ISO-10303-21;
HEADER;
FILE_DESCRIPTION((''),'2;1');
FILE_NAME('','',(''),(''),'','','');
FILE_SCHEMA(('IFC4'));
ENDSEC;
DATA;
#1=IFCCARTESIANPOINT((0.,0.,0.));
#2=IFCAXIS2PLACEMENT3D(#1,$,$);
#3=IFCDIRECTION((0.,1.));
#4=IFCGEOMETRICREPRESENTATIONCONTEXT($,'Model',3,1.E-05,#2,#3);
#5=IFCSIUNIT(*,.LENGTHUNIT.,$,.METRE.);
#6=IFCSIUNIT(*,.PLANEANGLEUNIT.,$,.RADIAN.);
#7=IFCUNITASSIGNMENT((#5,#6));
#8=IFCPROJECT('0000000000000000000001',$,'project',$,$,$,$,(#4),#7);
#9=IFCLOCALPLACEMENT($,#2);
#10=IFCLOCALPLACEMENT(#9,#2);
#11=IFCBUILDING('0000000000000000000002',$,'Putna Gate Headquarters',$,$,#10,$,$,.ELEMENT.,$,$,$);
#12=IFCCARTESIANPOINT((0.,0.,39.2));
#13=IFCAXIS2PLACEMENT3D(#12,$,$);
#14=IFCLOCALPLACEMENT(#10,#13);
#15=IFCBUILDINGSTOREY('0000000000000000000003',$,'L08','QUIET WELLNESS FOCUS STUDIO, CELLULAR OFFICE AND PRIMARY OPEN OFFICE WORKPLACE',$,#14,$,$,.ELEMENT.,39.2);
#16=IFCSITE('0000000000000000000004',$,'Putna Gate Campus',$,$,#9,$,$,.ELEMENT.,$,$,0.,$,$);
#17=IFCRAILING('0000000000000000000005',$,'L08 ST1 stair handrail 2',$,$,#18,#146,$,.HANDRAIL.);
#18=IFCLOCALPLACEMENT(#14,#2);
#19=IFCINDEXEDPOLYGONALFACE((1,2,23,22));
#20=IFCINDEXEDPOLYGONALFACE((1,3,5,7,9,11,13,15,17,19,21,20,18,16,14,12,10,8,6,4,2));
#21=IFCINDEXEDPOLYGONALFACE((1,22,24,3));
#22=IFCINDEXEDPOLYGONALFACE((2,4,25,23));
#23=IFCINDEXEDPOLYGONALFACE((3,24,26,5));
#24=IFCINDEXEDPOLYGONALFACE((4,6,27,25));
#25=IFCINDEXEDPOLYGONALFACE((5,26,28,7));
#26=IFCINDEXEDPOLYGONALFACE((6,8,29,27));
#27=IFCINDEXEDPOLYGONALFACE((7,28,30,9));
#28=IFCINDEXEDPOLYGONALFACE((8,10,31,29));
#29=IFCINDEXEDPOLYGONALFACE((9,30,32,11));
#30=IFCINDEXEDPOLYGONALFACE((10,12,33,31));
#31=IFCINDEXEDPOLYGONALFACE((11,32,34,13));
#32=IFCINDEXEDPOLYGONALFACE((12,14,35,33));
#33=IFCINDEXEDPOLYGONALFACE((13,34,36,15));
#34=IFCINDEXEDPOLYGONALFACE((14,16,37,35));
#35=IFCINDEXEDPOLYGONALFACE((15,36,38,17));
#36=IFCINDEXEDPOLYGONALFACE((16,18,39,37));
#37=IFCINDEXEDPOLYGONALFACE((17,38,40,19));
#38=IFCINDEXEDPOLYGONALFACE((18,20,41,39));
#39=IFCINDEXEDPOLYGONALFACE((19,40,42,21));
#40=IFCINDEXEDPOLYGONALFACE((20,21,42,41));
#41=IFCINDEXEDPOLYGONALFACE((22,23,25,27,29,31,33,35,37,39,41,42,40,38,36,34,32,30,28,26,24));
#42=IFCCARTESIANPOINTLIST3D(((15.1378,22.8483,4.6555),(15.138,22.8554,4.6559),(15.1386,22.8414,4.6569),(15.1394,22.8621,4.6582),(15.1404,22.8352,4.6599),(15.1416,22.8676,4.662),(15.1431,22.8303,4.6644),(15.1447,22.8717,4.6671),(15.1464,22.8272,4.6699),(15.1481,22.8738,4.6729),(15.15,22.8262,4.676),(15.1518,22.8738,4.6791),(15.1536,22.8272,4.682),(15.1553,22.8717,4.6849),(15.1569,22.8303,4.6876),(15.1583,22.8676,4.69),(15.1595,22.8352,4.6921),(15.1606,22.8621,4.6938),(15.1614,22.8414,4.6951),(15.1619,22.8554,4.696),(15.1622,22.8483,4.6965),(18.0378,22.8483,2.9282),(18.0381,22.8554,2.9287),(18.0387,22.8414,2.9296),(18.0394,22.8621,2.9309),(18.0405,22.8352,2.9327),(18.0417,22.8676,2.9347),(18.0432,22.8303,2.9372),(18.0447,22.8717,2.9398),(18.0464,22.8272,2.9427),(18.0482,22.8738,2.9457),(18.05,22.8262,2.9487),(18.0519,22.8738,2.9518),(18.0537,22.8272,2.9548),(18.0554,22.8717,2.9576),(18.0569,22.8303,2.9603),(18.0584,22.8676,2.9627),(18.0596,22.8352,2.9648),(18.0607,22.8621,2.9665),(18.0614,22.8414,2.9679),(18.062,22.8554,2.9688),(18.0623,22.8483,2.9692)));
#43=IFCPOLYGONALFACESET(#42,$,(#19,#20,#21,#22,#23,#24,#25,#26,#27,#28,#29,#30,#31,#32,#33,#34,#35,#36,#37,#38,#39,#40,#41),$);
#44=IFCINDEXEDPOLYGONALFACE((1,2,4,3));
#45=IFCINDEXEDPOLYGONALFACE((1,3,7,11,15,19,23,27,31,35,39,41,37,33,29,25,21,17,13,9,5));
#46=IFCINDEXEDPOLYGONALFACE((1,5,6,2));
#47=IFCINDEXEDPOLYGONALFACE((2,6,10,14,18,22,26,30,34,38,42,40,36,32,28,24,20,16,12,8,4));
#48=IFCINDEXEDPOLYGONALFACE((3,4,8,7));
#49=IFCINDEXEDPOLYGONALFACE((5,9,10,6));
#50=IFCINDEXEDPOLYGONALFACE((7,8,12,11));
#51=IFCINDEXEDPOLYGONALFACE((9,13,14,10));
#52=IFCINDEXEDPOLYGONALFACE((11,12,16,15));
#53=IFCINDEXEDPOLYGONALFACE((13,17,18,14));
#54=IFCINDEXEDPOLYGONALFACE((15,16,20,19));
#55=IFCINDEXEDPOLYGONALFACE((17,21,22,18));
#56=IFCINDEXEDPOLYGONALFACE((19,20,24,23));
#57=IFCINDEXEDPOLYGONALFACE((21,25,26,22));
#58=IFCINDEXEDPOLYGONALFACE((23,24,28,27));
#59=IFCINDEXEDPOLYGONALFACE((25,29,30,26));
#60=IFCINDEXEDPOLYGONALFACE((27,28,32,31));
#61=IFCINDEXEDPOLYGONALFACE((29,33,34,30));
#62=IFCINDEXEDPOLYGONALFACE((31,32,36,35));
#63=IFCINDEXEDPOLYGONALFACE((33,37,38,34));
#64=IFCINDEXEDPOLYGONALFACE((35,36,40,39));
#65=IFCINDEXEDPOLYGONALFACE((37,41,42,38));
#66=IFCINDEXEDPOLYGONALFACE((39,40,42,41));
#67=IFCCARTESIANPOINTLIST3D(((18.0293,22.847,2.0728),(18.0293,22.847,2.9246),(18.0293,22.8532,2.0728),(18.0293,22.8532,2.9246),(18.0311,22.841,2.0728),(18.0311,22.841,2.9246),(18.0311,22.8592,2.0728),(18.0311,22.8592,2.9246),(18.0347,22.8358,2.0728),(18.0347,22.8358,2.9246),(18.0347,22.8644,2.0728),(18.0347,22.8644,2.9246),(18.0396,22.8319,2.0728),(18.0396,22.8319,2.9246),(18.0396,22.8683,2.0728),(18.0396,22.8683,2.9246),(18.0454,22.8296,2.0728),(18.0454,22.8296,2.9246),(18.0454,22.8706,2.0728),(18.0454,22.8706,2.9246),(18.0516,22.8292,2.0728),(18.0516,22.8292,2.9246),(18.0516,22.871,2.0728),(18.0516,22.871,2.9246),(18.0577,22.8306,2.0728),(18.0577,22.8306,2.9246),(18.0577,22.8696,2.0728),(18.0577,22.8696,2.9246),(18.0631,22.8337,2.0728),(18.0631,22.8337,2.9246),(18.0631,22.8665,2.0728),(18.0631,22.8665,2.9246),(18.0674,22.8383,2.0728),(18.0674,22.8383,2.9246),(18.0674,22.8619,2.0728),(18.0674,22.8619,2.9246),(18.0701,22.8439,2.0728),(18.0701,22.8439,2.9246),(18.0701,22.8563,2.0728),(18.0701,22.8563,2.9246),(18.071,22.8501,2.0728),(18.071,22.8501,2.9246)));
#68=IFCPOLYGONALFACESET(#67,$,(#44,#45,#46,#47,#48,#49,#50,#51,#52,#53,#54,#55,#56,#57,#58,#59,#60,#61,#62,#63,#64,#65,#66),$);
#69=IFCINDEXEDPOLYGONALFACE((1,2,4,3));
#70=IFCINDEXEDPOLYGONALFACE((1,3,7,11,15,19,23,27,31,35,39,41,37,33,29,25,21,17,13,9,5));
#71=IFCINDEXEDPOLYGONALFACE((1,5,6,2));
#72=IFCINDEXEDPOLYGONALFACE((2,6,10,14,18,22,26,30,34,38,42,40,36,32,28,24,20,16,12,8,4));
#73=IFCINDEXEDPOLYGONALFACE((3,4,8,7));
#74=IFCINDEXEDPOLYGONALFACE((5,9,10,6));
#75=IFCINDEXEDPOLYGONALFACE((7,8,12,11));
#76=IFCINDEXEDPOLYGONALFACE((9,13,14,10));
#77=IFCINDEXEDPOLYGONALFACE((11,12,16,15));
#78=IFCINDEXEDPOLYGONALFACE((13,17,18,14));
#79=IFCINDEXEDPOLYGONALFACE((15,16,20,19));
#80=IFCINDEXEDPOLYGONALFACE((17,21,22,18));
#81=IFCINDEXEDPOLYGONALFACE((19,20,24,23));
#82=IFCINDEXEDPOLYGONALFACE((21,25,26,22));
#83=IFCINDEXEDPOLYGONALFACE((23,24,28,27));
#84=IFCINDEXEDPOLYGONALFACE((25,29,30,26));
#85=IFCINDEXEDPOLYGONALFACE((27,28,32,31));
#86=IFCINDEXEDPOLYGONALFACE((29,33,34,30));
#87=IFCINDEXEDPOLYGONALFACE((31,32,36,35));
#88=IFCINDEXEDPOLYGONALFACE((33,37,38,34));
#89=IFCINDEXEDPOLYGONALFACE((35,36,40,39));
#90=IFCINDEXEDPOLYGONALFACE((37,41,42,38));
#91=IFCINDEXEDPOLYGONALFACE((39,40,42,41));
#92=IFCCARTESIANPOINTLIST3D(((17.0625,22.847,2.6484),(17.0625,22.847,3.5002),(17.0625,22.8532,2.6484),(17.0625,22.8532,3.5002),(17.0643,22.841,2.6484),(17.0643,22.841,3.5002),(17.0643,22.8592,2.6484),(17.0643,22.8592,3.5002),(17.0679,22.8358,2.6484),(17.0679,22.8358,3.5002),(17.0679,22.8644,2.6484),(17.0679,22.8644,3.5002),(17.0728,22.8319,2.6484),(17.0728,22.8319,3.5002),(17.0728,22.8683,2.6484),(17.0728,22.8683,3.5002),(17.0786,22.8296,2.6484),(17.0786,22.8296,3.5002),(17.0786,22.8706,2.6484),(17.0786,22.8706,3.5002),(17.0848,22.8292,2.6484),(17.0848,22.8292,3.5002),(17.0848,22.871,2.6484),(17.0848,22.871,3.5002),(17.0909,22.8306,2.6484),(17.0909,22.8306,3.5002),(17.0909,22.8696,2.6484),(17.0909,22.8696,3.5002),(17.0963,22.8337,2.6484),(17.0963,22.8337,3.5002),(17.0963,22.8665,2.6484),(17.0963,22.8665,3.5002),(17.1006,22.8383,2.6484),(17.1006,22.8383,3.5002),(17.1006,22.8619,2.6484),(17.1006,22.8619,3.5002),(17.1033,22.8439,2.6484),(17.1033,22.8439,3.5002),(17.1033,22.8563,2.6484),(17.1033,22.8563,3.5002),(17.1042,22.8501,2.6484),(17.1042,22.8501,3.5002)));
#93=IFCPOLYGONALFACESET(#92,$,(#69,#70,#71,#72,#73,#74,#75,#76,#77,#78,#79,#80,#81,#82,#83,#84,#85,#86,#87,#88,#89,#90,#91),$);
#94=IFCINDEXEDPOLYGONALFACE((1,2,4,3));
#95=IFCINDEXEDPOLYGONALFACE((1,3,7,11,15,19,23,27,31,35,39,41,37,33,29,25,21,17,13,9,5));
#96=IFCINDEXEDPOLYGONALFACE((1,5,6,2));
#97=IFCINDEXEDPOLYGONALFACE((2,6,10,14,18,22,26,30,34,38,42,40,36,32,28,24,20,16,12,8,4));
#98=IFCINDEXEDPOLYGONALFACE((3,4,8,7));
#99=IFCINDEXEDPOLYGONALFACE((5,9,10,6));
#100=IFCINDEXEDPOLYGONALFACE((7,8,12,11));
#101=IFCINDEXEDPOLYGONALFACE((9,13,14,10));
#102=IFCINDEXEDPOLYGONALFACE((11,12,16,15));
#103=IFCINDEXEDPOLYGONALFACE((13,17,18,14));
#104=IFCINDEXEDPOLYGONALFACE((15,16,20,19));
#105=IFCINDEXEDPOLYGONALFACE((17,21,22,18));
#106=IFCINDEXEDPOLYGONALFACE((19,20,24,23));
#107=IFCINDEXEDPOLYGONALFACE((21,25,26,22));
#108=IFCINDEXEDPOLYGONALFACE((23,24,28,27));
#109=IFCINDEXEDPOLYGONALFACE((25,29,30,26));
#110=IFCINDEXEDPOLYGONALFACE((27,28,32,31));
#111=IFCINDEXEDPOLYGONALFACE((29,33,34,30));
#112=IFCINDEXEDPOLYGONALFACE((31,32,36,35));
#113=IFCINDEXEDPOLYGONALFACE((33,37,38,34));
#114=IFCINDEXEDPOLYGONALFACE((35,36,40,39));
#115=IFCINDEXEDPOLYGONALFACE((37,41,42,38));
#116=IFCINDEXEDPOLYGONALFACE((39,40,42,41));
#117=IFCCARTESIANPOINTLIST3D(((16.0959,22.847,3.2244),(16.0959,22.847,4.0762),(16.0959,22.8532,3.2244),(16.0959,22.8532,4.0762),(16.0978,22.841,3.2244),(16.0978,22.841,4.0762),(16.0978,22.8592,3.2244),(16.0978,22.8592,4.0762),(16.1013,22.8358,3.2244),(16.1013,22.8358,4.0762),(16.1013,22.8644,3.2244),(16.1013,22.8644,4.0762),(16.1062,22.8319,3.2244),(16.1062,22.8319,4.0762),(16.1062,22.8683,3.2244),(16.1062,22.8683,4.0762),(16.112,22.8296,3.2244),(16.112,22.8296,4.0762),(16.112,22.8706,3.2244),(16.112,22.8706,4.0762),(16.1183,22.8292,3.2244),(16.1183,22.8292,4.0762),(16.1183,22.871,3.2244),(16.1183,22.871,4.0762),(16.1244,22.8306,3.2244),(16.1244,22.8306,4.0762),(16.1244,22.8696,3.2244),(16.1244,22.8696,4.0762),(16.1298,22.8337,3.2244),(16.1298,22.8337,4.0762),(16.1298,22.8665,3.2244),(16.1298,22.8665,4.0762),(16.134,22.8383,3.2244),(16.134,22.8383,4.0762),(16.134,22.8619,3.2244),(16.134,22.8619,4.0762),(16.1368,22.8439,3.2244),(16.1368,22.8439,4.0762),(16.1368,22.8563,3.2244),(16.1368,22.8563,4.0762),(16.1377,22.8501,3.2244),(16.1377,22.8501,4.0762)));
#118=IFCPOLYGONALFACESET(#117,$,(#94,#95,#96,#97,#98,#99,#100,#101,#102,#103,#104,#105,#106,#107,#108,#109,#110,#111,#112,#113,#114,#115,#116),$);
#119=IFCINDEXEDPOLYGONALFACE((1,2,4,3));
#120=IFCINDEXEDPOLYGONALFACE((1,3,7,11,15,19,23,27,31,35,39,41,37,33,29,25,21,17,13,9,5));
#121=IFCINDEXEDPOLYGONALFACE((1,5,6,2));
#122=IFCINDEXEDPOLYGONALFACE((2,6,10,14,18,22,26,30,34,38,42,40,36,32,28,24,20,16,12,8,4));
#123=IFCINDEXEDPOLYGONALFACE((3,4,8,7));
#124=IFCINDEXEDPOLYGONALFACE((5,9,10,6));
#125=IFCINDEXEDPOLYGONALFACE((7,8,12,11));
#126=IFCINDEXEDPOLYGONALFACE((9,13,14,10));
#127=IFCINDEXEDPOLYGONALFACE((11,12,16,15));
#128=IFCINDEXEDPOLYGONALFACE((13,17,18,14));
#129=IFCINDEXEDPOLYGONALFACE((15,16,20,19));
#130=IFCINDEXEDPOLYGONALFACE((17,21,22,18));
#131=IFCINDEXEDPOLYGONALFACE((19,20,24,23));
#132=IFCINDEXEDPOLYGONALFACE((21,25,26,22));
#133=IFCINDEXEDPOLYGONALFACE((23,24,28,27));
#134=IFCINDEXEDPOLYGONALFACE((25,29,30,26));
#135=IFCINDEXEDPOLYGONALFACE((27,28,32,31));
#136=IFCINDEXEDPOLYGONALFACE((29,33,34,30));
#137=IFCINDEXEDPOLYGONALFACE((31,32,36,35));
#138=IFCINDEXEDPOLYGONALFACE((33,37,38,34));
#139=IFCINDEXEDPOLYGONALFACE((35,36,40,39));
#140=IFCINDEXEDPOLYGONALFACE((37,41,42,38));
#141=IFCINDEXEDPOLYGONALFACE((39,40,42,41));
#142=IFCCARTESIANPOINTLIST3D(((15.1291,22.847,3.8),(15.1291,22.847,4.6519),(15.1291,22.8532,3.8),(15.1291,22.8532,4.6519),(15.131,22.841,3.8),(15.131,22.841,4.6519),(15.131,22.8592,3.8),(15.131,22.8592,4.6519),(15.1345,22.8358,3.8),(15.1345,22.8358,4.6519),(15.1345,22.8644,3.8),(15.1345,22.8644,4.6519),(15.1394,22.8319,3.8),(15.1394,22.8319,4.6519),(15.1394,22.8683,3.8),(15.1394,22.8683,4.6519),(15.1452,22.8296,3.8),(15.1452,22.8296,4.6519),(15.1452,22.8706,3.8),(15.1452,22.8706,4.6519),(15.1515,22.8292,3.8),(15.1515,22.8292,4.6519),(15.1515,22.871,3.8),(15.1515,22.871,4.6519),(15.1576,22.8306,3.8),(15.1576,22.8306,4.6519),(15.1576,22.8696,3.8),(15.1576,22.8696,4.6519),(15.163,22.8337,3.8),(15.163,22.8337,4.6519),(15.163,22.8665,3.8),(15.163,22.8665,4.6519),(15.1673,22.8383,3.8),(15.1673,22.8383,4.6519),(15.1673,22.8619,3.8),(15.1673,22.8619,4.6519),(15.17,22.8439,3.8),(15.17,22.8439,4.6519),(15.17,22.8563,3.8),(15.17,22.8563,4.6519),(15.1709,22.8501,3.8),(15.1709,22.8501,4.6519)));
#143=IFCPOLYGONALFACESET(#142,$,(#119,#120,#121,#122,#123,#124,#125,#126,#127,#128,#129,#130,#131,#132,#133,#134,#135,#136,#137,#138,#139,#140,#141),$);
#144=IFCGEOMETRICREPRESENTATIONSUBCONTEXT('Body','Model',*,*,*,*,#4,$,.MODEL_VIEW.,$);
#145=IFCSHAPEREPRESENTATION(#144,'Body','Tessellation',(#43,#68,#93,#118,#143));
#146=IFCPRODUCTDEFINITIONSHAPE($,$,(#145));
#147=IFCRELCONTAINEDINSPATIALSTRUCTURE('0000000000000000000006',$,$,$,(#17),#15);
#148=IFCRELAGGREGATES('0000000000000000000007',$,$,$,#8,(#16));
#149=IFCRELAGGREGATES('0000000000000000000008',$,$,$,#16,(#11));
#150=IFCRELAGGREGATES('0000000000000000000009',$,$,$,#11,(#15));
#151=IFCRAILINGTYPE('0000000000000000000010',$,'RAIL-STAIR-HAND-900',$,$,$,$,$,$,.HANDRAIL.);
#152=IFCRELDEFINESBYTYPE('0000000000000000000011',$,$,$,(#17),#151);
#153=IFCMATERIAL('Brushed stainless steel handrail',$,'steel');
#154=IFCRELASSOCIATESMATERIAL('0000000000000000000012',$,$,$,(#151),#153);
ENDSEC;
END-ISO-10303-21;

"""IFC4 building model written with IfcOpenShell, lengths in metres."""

from ifc_helpers import new_model, si_unit, direction, frame, origin, origin_2d, place, context, subcontext, project, spatial, circle, extrude, material, type_object, element, save


model = new_model("IFC4")

# Units and contexts
model_context = context("Model", 3, precision=1e-05, world=origin(), true_north=direction((0.0, 1.0)))
body_context = subcontext(model_context, "Body", "Model", "MODEL_VIEW")
ifc_project = project(units=[si_unit("LENGTHUNIT", "METRE"), si_unit("PLANEANGLEUNIT", "RADIAN")], contexts=[model_context])

# Site, building, storey
site_placement = place(None, origin())
site = spatial("IfcSite", under=ifc_project, at=site_placement, Name="Putna Gate Campus", CompositionType="ELEMENT", RefElevation=0.0)
building_placement = place(site_placement, origin())
building = spatial("IfcBuilding", under=site, at=building_placement, Name="Putna Gate Headquarters", CompositionType="ELEMENT")
storey_placement = place(building_placement, frame((0.0, 0.0, 39.2)))
storey = spatial("IfcBuildingStorey", under=building, at=storey_placement, Name="L08", Description="QUIET WELLNESS FOCUS STUDIO, CELLULAR OFFICE AND PRIMARY OPEN OFFICE WORKPLACE", CompositionType="ELEMENT", Elevation=39.2)

# Railing
ifc_material_1 = material(Name="Brushed stainless steel handrail", Category="steel")
railing_type_1 = type_object("IfcRailingType", Name="RAIL-STAIR-HAND-900", PredefinedType="HANDRAIL", material=ifc_material_1)
railing_1_placement = place(storey_placement, frame((18.05, 22.8501, 2.0728)))
element("IfcRailing", 1, at=railing_1_placement, inside=storey, type_object=railing_type_1, Name="L08 ST1 stair handrail 2", PredefinedType="HANDRAIL", context=body_context, shape_type="SweptSolid", body=[
    extrude(circle(Radius=0.0239, at=origin_2d()), frame((0.0, 0.0, 0.876), z_axis=(-0.85916, 0.0, 0.511706), x_axis=(0.0, -1.0, 0.0)), (0.0, 0.0, 1.0), 3.3755),
    extrude(circle(Radius=0.021, at=origin_2d()), origin(), (0.0, 0.0, 1.0), 0.8518),
    extrude(circle(Radius=0.021, at=origin_2d()), frame((-0.9668, 0.0, 0.5757)), (0.0, 0.0, 1.0), 0.8518),
    extrude(circle(Radius=0.021, at=origin_2d()), frame((-1.9333, 0.0, 1.1516)), (0.0, 0.0, 1.0), 0.8518),
    extrude(circle(Radius=0.021, at=origin_2d()), frame((-2.9001, 0.0, 1.7273)), (0.0, 0.0, 1.0), 0.8518),
])

save(model, "model.ifc")
